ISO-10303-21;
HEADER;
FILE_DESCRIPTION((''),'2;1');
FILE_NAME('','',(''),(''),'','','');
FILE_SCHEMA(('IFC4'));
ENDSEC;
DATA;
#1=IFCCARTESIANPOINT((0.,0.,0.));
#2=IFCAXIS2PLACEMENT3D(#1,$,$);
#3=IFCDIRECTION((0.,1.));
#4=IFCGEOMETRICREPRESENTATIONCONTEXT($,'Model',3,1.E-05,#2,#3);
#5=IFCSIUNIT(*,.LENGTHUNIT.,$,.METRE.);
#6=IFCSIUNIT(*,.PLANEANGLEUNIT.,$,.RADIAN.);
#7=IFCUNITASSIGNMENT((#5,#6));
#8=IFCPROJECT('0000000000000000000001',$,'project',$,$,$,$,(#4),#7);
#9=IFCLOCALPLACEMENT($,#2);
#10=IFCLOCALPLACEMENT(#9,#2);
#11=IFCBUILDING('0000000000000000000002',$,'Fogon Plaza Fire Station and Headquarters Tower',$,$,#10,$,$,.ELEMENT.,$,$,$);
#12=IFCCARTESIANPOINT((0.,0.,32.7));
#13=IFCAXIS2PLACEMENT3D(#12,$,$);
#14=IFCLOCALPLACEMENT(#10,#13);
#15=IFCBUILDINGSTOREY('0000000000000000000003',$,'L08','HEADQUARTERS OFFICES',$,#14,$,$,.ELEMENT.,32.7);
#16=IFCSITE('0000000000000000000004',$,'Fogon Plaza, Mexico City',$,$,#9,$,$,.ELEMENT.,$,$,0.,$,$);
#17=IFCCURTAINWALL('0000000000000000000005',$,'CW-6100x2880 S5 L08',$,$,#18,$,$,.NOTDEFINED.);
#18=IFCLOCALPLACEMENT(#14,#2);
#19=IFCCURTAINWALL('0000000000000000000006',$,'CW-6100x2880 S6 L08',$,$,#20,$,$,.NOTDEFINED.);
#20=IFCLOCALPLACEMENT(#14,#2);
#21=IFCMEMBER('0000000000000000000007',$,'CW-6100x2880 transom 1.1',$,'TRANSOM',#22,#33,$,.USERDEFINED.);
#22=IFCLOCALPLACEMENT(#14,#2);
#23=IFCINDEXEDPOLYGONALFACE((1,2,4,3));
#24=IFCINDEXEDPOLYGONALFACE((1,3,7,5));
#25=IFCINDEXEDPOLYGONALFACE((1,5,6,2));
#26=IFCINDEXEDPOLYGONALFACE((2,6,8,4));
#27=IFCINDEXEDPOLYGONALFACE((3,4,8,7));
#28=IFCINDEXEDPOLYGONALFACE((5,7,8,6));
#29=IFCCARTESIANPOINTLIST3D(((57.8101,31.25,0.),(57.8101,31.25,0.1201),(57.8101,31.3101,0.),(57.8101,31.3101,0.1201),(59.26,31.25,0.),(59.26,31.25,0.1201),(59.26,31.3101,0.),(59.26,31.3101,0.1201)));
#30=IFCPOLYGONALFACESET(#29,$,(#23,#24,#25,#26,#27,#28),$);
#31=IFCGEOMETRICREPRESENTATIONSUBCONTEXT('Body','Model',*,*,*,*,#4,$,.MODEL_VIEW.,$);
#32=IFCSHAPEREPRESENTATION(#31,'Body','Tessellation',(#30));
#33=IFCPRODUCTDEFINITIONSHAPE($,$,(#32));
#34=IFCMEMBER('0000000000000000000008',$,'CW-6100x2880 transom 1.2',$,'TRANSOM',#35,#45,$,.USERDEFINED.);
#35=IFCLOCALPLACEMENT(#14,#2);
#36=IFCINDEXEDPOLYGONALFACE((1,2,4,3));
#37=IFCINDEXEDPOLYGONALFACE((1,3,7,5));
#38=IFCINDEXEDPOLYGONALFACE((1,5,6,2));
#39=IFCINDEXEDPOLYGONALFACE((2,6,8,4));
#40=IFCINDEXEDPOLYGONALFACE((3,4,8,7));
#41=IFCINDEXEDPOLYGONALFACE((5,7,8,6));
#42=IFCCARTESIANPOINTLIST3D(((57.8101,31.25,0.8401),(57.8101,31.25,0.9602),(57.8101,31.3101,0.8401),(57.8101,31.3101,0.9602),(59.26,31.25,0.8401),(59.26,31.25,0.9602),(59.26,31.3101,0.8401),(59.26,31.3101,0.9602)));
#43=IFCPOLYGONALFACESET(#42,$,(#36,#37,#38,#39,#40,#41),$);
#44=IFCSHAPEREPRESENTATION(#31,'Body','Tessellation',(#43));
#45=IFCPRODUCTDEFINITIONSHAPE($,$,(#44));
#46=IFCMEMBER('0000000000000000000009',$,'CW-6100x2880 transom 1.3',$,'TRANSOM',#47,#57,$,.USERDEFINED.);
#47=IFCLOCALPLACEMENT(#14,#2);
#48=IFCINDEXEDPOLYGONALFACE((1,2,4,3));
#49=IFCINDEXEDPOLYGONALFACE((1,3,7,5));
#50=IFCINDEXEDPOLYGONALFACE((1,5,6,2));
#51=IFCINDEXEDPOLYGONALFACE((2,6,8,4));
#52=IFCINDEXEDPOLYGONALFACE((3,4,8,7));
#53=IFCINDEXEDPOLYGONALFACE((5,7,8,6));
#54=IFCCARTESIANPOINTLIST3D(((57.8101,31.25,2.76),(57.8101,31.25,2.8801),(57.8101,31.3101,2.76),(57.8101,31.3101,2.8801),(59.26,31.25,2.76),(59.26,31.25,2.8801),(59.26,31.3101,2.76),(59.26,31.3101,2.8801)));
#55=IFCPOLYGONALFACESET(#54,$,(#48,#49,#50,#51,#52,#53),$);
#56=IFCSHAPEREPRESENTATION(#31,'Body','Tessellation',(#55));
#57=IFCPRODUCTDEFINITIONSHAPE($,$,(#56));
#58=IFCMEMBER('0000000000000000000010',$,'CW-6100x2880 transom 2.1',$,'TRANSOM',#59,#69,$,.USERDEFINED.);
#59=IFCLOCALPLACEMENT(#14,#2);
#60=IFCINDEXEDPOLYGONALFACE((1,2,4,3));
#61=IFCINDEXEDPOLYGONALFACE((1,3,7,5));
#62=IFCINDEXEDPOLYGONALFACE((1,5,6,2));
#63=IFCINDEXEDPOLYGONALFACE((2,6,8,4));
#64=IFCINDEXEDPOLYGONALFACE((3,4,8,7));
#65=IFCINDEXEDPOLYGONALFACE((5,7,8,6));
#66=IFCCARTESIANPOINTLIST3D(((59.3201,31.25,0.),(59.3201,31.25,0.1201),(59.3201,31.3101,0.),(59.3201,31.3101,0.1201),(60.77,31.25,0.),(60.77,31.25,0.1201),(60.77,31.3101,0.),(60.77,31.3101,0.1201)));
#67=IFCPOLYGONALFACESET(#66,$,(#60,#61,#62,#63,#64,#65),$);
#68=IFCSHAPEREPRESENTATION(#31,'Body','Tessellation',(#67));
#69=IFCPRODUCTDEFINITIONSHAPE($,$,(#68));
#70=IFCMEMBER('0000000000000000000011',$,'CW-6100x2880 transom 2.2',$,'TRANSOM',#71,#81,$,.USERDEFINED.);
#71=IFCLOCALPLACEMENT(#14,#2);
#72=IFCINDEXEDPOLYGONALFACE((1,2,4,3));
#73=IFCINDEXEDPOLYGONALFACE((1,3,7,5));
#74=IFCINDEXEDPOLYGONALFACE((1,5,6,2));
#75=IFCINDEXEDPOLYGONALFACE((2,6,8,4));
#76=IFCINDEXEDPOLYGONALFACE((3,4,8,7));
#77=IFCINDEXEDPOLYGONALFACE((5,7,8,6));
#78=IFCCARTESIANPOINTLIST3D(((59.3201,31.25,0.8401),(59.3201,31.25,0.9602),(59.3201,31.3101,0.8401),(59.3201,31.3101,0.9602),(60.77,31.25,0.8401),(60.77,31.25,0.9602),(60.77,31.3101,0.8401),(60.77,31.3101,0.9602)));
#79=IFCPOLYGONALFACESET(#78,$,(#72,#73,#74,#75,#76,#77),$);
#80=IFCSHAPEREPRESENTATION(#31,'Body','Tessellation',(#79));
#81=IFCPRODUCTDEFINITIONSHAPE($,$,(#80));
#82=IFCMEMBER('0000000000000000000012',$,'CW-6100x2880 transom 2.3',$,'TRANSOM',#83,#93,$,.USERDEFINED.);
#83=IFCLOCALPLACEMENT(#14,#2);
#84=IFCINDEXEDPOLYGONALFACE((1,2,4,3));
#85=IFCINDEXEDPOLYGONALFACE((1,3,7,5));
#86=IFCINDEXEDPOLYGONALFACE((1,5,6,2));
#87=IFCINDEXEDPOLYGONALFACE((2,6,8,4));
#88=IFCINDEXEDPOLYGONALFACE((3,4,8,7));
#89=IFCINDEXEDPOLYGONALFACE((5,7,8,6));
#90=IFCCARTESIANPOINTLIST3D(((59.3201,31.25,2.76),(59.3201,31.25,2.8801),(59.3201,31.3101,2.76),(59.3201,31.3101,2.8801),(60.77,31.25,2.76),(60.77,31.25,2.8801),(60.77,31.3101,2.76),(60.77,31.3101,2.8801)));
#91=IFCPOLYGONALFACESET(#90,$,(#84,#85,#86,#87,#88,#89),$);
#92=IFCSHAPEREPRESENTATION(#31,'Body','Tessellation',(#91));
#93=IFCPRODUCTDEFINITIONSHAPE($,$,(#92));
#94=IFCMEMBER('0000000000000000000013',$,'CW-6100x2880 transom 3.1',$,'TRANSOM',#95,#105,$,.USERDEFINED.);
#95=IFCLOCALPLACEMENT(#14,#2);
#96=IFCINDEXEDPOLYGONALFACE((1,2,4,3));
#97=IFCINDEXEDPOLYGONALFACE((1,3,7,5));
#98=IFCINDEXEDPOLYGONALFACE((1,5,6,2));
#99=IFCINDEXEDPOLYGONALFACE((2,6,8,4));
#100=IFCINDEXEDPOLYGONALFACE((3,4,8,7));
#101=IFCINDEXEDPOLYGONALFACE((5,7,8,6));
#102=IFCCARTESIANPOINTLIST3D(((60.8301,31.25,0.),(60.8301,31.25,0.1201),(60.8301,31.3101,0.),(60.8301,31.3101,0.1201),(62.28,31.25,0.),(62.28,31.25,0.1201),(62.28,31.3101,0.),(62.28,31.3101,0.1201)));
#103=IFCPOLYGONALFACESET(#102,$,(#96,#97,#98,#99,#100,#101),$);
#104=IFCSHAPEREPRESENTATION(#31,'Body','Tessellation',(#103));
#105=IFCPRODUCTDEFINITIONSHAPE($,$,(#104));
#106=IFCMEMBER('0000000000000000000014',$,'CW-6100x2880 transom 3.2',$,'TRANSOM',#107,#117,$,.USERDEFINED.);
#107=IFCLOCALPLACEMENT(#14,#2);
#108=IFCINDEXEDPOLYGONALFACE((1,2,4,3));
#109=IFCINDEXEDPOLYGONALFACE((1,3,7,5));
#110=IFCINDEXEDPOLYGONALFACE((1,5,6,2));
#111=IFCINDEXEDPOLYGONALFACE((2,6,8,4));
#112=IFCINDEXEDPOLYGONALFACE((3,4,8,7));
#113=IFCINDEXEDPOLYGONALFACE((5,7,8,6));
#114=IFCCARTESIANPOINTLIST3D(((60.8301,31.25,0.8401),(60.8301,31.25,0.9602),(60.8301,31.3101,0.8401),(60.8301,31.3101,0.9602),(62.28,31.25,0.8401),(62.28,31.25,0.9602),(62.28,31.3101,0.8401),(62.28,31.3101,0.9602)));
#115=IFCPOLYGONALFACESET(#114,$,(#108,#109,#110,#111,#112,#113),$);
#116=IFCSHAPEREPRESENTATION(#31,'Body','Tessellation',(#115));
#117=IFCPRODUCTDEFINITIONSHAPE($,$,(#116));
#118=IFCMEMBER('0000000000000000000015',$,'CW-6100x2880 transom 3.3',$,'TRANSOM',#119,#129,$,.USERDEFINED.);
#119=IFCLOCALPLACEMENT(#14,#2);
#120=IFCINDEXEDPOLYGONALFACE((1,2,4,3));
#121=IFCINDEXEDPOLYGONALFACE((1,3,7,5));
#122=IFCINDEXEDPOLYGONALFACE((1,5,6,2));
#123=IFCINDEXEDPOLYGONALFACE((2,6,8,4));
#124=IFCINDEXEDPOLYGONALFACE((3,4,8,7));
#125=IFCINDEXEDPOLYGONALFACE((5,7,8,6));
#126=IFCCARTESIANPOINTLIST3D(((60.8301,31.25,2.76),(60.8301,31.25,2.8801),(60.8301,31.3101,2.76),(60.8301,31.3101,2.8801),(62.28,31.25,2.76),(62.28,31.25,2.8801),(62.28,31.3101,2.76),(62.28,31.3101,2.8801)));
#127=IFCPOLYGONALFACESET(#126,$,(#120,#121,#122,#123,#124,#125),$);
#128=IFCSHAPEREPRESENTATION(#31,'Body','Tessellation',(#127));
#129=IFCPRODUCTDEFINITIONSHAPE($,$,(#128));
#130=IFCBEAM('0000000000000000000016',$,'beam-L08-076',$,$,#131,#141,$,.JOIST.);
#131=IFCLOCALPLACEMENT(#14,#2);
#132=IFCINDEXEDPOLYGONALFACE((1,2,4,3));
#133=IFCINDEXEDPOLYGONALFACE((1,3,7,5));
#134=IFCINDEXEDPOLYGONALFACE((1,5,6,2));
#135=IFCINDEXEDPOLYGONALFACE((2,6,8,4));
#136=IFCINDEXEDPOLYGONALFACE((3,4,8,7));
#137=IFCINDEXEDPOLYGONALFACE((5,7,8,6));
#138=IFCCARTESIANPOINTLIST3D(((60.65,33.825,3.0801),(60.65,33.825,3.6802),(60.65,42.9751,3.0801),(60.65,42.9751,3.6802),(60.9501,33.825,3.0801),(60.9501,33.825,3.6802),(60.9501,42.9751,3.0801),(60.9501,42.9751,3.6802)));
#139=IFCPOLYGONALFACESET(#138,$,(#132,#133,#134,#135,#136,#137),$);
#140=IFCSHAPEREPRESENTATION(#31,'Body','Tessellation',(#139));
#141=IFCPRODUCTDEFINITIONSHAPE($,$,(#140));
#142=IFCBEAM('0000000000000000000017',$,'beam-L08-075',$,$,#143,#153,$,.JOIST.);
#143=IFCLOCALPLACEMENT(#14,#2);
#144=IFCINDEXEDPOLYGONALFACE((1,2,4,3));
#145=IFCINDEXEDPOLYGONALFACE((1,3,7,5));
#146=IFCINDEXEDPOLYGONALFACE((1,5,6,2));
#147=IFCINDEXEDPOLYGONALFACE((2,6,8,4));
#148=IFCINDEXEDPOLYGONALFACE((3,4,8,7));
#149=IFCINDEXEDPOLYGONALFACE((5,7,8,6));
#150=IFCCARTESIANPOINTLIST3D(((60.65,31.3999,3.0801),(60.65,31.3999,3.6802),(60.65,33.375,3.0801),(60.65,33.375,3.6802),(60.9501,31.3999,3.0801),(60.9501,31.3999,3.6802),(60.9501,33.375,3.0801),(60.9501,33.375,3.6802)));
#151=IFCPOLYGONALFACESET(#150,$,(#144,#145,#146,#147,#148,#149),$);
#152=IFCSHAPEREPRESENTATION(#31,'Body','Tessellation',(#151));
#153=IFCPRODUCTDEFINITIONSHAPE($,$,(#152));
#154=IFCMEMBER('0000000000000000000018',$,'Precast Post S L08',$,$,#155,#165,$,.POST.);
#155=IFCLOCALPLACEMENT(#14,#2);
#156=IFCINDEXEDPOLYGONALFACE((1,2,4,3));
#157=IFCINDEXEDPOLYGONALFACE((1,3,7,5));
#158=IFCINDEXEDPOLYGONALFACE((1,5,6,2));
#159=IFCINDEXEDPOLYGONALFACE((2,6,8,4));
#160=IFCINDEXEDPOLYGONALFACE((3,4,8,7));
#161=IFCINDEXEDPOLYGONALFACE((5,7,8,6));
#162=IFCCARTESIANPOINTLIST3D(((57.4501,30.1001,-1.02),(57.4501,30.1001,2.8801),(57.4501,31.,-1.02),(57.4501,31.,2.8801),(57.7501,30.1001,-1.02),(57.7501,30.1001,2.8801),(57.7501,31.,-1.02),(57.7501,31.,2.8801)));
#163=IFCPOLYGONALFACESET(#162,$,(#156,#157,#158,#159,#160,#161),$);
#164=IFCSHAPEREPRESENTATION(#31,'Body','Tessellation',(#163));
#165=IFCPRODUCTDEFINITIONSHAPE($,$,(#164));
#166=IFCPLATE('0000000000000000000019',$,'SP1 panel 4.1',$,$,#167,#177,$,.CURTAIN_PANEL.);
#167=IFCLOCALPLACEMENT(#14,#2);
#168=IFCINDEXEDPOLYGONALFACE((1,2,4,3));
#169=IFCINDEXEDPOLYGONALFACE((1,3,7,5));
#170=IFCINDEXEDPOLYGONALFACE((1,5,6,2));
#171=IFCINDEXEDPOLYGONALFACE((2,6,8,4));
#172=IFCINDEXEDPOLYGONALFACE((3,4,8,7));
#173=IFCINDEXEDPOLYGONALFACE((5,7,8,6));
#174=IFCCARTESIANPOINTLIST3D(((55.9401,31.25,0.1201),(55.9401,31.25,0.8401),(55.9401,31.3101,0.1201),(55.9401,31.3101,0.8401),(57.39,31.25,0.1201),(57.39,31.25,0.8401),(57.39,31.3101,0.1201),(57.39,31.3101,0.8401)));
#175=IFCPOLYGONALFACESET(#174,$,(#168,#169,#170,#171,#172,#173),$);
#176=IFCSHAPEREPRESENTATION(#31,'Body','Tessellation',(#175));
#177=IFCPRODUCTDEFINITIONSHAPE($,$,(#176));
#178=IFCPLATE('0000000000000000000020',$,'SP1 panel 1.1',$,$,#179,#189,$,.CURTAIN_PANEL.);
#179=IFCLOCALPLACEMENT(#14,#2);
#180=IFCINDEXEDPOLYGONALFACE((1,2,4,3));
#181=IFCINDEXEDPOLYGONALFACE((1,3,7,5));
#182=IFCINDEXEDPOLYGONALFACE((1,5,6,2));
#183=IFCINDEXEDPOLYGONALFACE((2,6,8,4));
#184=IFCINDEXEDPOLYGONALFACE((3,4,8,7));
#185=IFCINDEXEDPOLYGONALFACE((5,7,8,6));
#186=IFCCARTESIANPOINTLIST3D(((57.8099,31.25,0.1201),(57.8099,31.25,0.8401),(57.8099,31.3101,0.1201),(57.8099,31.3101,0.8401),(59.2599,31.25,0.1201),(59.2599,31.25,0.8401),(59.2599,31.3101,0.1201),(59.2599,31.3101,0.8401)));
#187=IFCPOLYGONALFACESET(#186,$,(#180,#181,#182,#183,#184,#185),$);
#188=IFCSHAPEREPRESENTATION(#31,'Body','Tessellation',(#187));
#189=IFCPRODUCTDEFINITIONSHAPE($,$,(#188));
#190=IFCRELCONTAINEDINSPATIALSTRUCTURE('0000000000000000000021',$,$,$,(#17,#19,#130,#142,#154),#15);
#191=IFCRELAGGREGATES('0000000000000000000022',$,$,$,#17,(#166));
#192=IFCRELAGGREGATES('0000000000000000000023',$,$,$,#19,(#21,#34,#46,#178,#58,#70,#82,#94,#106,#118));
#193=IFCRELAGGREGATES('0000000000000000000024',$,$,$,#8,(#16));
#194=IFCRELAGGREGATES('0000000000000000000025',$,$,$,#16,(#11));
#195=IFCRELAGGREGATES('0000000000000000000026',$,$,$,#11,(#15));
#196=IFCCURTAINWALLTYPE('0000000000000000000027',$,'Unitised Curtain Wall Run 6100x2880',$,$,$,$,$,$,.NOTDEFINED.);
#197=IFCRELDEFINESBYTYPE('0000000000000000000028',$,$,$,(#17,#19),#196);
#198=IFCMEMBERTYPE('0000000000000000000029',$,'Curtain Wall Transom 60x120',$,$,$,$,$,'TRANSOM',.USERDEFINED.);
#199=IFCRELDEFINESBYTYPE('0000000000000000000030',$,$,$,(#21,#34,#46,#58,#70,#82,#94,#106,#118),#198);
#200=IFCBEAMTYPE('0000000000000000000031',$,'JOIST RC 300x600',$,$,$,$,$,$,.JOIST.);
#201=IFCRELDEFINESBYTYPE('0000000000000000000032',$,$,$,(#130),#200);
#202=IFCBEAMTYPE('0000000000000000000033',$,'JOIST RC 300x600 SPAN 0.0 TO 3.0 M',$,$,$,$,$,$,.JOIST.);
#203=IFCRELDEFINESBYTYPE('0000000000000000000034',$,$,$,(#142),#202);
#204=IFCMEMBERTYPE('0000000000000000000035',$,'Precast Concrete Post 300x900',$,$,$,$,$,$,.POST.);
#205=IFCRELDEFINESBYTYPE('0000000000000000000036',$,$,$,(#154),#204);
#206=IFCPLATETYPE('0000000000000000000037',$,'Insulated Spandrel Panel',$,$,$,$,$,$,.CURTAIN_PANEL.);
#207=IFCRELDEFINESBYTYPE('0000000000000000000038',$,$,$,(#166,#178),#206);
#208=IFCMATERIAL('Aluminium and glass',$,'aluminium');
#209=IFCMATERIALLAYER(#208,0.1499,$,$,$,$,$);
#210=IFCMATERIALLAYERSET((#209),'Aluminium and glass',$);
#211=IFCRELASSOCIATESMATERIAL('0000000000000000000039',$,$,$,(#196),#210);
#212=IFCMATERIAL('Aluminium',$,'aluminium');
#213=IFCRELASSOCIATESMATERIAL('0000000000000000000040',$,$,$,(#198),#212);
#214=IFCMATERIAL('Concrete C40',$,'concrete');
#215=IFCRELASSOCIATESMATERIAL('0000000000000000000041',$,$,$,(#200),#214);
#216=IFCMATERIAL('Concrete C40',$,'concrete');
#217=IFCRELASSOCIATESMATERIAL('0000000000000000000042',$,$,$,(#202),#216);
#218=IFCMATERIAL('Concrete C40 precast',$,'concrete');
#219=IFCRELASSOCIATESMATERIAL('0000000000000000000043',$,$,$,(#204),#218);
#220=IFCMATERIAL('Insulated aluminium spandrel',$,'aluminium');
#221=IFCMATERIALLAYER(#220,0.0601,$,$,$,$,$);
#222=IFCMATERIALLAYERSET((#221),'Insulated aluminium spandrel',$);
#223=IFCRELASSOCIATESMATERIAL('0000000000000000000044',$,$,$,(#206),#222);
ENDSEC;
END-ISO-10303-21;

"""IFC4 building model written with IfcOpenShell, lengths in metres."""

from ifc_helpers import new_model, si_unit, direction, frame, origin, origin_2d, place, context, subcontext, project, spatial, rectangle, extrude, material, layer, layer_set, material_profile, profile_set, type_object, element, aggregate, save


model = new_model("IFC4")

# Units and contexts
model_context = context("Model", 3, precision=1e-05, world=origin(), true_north=direction((0.0, 1.0)))
body_context = subcontext(model_context, "Body", "Model", "MODEL_VIEW")
ifc_project = project(units=[si_unit("LENGTHUNIT", "METRE"), si_unit("PLANEANGLEUNIT", "RADIAN")], contexts=[model_context])

# Site, building, storey
site_placement = place(None, origin())
site = spatial("IfcSite", under=ifc_project, at=site_placement, Name="Fogon Plaza, Mexico City", CompositionType="ELEMENT", RefElevation=0.0)
building_placement = place(site_placement, origin())
building = spatial("IfcBuilding", under=site, at=building_placement, Name="Fogon Plaza Fire Station and Headquarters Tower", CompositionType="ELEMENT")
storey_placement = place(building_placement, frame((0.0, 0.0, 32.7)))
storey = spatial("IfcBuildingStorey", under=building, at=storey_placement, Name="L08", Description="HEADQUARTERS OFFICES", CompositionType="ELEMENT", Elevation=32.7)

# Curtain walls
ifc_material_1 = material(Name="Aluminium and glass", Category="aluminium")
ifc_layer_1 = layer(ifc_material_1, 0.1499)
ifc_layer_set_1 = layer_set([ifc_layer_1], Name="Aluminium and glass")
curtain_wall_type = type_object("IfcCurtainWallType", Name="Unitised Curtain Wall Run 6100x2880", PredefinedType="NOTDEFINED", material=ifc_layer_set_1)
curtain_wall_1_placement = place(storey_placement, origin())
curtain_wall_1 = element("IfcCurtainWall", 1, at=curtain_wall_1_placement, inside=storey, type_object=curtain_wall_type, Name="CW-6100x2880 S5 L08", PredefinedType="NOTDEFINED")
curtain_wall_2_placement = place(storey_placement, origin())
curtain_wall_2 = element("IfcCurtainWall", 2, at=curtain_wall_2_placement, inside=storey, type_object=curtain_wall_type, Name="CW-6100x2880 S6 L08", PredefinedType="NOTDEFINED")

# Members
ifc_material_2 = material(Name="Aluminium", Category="aluminium")
ifc_material_profile_1 = material_profile(ifc_material_2, rectangle(XDim=0.0601, YDim=0.1201, at=origin_2d()), Name="Curtain Wall Transom 60x120")
ifc_profile_set_1 = profile_set([ifc_material_profile_1], Name="Aluminium")
member_type_1 = type_object("IfcMemberType", Name="Curtain Wall Transom 60x120", ElementType="TRANSOM", PredefinedType="USERDEFINED", material=ifc_profile_set_1)
member_1_placement = place(storey_placement, frame((57.8101, 31.28, 0.0601), z_axis=(1.0, 0.0, 0.0), x_axis=(0.0, 1.0, 0.0)))
member_1 = element("IfcMember", 3, at=member_1_placement, type_object=member_type_1, Name="CW-6100x2880 transom 1.1", ObjectType="TRANSOM", PredefinedType="USERDEFINED", context=body_context, shape_type="SweptSolid", body=[
    extrude(rectangle(XDim=0.0601, YDim=0.1201, at=origin_2d()), origin(), (0.0, 0.0, 1.0), 1.45),
])
member_2_placement = place(storey_placement, frame((57.8101, 31.28, 0.9001), z_axis=(1.0, 0.0, 0.0), x_axis=(0.0, 1.0, 0.0)))
member_2 = element("IfcMember", 4, at=member_2_placement, type_object=member_type_1, Name="CW-6100x2880 transom 1.2", ObjectType="TRANSOM", PredefinedType="USERDEFINED", context=body_context, shape_type="SweptSolid", body=[
    extrude(rectangle(XDim=0.0601, YDim=0.1201, at=origin_2d()), origin(), (0.0, 0.0, 1.0), 1.45),
])
member_3_placement = place(storey_placement, frame((57.8101, 31.28, 2.8201), z_axis=(1.0, 0.0, 0.0), x_axis=(0.0, 1.0, 0.0)))
member_3 = element("IfcMember", 5, at=member_3_placement, type_object=member_type_1, Name="CW-6100x2880 transom 1.3", ObjectType="TRANSOM", PredefinedType="USERDEFINED", context=body_context, shape_type="SweptSolid", body=[
    extrude(rectangle(XDim=0.0601, YDim=0.1201, at=origin_2d()), origin(), (0.0, 0.0, 1.0), 1.45),
])
member_4_placement = place(storey_placement, frame((59.3201, 31.28, 0.0601), z_axis=(1.0, 0.0, 0.0), x_axis=(0.0, 1.0, 0.0)))
member_4 = element("IfcMember", 6, at=member_4_placement, type_object=member_type_1, Name="CW-6100x2880 transom 2.1", ObjectType="TRANSOM", PredefinedType="USERDEFINED", context=body_context, shape_type="SweptSolid", body=[
    extrude(rectangle(XDim=0.0601, YDim=0.1201, at=origin_2d()), origin(), (0.0, 0.0, 1.0), 1.45),
])
member_5_placement = place(storey_placement, frame((59.3201, 31.28, 0.9001), z_axis=(1.0, 0.0, 0.0), x_axis=(0.0, 1.0, 0.0)))
member_5 = element("IfcMember", 7, at=member_5_placement, type_object=member_type_1, Name="CW-6100x2880 transom 2.2", ObjectType="TRANSOM", PredefinedType="USERDEFINED", context=body_context, shape_type="SweptSolid", body=[
    extrude(rectangle(XDim=0.0601, YDim=0.1201, at=origin_2d()), origin(), (0.0, 0.0, 1.0), 1.45),
])
member_6_placement = place(storey_placement, frame((59.3201, 31.28, 2.8201), z_axis=(1.0, 0.0, 0.0), x_axis=(0.0, 1.0, 0.0)))
member_6 = element("IfcMember", 8, at=member_6_placement, type_object=member_type_1, Name="CW-6100x2880 transom 2.3", ObjectType="TRANSOM", PredefinedType="USERDEFINED", context=body_context, shape_type="SweptSolid", body=[
    extrude(rectangle(XDim=0.0601, YDim=0.1201, at=origin_2d()), origin(), (0.0, 0.0, 1.0), 1.45),
])
member_7_placement = place(storey_placement, frame((60.8301, 31.28, 0.0601), z_axis=(1.0, 0.0, 0.0), x_axis=(0.0, 1.0, 0.0)))
member_7 = element("IfcMember", 9, at=member_7_placement, type_object=member_type_1, Name="CW-6100x2880 transom 3.1", ObjectType="TRANSOM", PredefinedType="USERDEFINED", context=body_context, shape_type="SweptSolid", body=[
    extrude(rectangle(XDim=0.0601, YDim=0.1201, at=origin_2d()), origin(), (0.0, 0.0, 1.0), 1.45),
])
member_8_placement = place(storey_placement, frame((60.8301, 31.28, 0.9001), z_axis=(1.0, 0.0, 0.0), x_axis=(0.0, 1.0, 0.0)))
member_8 = element("IfcMember", 10, at=member_8_placement, type_object=member_type_1, Name="CW-6100x2880 transom 3.2", ObjectType="TRANSOM", PredefinedType="USERDEFINED", context=body_context, shape_type="SweptSolid", body=[
    extrude(rectangle(XDim=0.0601, YDim=0.1201, at=origin_2d()), origin(), (0.0, 0.0, 1.0), 1.45),
])
member_9_placement = place(storey_placement, frame((60.8301, 31.28, 2.8201), z_axis=(1.0, 0.0, 0.0), x_axis=(0.0, 1.0, 0.0)))
member_9 = element("IfcMember", 11, at=member_9_placement, type_object=member_type_1, Name="CW-6100x2880 transom 3.3", ObjectType="TRANSOM", PredefinedType="USERDEFINED", context=body_context, shape_type="SweptSolid", body=[
    extrude(rectangle(XDim=0.0601, YDim=0.1201, at=origin_2d()), origin(), (0.0, 0.0, 1.0), 1.45),
])

# Beams
ifc_material_3 = material(Name="Concrete C40", Category="concrete")
ifc_material_profile_2 = material_profile(ifc_material_3, rectangle(XDim=0.3, YDim=0.6001, at=origin_2d()), Name="RC 300x600")
ifc_profile_set_2 = profile_set([ifc_material_profile_2], Name="Concrete C40")
beam_type_1 = type_object("IfcBeamType", Name="JOIST RC 300x600", PredefinedType="JOIST", material=ifc_profile_set_2)
beam_1_placement = place(storey_placement, frame((60.8, 33.825, 3.3801), z_axis=(0.0, 1.0, 0.0), x_axis=(-1.0, 0.0, 0.0)))
element("IfcBeam", 12, at=beam_1_placement, inside=storey, type_object=beam_type_1, Name="beam-L08-076", PredefinedType="JOIST", context=body_context, shape_type="SweptSolid", body=[
    extrude(rectangle(XDim=0.3, YDim=0.6001, at=origin_2d()), origin(), (0.0, 0.0, 1.0), 9.1501),
])
ifc_material_4 = material(Name="Concrete C40", Category="concrete")
ifc_material_profile_3 = material_profile(ifc_material_4, rectangle(XDim=0.3, YDim=0.6001, at=origin_2d()), Name="RC 300x600")
ifc_profile_set_3 = profile_set([ifc_material_profile_3], Name="Concrete C40")
beam_type_2 = type_object("IfcBeamType", Name="JOIST RC 300x600 SPAN 0.0 TO 3.0 M", PredefinedType="JOIST", material=ifc_profile_set_3)
beam_2_placement = place(storey_placement, frame((60.8, 31.3999, 3.3801), z_axis=(0.0, 1.0, 0.0), x_axis=(-1.0, 0.0, 0.0)))
element("IfcBeam", 13, at=beam_2_placement, inside=storey, type_object=beam_type_2, Name="beam-L08-075", PredefinedType="JOIST", context=body_context, shape_type="SweptSolid", body=[
    extrude(rectangle(XDim=0.3, YDim=0.6001, at=origin_2d()), origin(), (0.0, 0.0, 1.0), 1.9751),
])

# Member
ifc_material_5 = material(Name="Concrete C40 precast", Category="concrete")
ifc_material_profile_4 = material_profile(ifc_material_5, rectangle(XDim=0.3, YDim=0.8999, at=origin_2d()), Name="Precast Concrete Post 300x900")
ifc_profile_set_4 = profile_set([ifc_material_profile_4], Name="Concrete C40 precast")
member_type_2 = type_object("IfcMemberType", Name="Precast Concrete Post 300x900", PredefinedType="POST", material=ifc_profile_set_4)
member_10_placement = place(storey_placement, frame((57.6001, 30.55, -1.02), z_axis=(0.0, 0.0, 1.0), x_axis=(1.0, 0.0, 0.0)))
element("IfcMember", 14, at=member_10_placement, inside=storey, type_object=member_type_2, Name="Precast Post S L08", PredefinedType="POST", context=body_context, shape_type="SweptSolid", body=[
    extrude(rectangle(XDim=0.3, YDim=0.8999, at=origin_2d()), origin(), (0.0, 0.0, 1.0), 3.9001),
])

# Plates
ifc_material_6 = material(Name="Insulated aluminium spandrel", Category="aluminium")
ifc_layer_2 = layer(ifc_material_6, 0.0601)
ifc_layer_set_2 = layer_set([ifc_layer_2], Name="Insulated aluminium spandrel")
plate_type_1 = type_object("IfcPlateType", Name="Insulated Spandrel Panel", PredefinedType="CURTAIN_PANEL", material=ifc_layer_set_2)
plate_1_placement = place(storey_placement, frame((56.665, 31.28, 0.1201), z_axis=(0.0, 0.0, 1.0), x_axis=(1.0, 0.0, 0.0)))
plate_1 = element("IfcPlate", 15, at=plate_1_placement, type_object=plate_type_1, Name="SP1 panel 4.1", PredefinedType="CURTAIN_PANEL", context=body_context, shape_type="SweptSolid", body=[
    extrude(rectangle(XDim=1.45, YDim=0.0601, at=origin_2d()), origin(), (0.0, 0.0, 1.0), 0.72),
])
plate_2_placement = place(storey_placement, frame((58.5349, 31.28, 0.1201), z_axis=(0.0, 0.0, 1.0), x_axis=(1.0, 0.0, 0.0)))
plate_2 = element("IfcPlate", 16, at=plate_2_placement, type_object=plate_type_1, Name="SP1 panel 1.1", PredefinedType="CURTAIN_PANEL", context=body_context, shape_type="SweptSolid", body=[
    extrude(rectangle(XDim=1.45, YDim=0.0601, at=origin_2d()), origin(), (0.0, 0.0, 1.0), 0.72),
])
aggregate(curtain_wall_1, [plate_1])
aggregate(curtain_wall_2, [member_1, member_2, member_3, plate_2, member_4, member_5, member_6, member_7, member_8, member_9])

save(model, "model.ifc")
